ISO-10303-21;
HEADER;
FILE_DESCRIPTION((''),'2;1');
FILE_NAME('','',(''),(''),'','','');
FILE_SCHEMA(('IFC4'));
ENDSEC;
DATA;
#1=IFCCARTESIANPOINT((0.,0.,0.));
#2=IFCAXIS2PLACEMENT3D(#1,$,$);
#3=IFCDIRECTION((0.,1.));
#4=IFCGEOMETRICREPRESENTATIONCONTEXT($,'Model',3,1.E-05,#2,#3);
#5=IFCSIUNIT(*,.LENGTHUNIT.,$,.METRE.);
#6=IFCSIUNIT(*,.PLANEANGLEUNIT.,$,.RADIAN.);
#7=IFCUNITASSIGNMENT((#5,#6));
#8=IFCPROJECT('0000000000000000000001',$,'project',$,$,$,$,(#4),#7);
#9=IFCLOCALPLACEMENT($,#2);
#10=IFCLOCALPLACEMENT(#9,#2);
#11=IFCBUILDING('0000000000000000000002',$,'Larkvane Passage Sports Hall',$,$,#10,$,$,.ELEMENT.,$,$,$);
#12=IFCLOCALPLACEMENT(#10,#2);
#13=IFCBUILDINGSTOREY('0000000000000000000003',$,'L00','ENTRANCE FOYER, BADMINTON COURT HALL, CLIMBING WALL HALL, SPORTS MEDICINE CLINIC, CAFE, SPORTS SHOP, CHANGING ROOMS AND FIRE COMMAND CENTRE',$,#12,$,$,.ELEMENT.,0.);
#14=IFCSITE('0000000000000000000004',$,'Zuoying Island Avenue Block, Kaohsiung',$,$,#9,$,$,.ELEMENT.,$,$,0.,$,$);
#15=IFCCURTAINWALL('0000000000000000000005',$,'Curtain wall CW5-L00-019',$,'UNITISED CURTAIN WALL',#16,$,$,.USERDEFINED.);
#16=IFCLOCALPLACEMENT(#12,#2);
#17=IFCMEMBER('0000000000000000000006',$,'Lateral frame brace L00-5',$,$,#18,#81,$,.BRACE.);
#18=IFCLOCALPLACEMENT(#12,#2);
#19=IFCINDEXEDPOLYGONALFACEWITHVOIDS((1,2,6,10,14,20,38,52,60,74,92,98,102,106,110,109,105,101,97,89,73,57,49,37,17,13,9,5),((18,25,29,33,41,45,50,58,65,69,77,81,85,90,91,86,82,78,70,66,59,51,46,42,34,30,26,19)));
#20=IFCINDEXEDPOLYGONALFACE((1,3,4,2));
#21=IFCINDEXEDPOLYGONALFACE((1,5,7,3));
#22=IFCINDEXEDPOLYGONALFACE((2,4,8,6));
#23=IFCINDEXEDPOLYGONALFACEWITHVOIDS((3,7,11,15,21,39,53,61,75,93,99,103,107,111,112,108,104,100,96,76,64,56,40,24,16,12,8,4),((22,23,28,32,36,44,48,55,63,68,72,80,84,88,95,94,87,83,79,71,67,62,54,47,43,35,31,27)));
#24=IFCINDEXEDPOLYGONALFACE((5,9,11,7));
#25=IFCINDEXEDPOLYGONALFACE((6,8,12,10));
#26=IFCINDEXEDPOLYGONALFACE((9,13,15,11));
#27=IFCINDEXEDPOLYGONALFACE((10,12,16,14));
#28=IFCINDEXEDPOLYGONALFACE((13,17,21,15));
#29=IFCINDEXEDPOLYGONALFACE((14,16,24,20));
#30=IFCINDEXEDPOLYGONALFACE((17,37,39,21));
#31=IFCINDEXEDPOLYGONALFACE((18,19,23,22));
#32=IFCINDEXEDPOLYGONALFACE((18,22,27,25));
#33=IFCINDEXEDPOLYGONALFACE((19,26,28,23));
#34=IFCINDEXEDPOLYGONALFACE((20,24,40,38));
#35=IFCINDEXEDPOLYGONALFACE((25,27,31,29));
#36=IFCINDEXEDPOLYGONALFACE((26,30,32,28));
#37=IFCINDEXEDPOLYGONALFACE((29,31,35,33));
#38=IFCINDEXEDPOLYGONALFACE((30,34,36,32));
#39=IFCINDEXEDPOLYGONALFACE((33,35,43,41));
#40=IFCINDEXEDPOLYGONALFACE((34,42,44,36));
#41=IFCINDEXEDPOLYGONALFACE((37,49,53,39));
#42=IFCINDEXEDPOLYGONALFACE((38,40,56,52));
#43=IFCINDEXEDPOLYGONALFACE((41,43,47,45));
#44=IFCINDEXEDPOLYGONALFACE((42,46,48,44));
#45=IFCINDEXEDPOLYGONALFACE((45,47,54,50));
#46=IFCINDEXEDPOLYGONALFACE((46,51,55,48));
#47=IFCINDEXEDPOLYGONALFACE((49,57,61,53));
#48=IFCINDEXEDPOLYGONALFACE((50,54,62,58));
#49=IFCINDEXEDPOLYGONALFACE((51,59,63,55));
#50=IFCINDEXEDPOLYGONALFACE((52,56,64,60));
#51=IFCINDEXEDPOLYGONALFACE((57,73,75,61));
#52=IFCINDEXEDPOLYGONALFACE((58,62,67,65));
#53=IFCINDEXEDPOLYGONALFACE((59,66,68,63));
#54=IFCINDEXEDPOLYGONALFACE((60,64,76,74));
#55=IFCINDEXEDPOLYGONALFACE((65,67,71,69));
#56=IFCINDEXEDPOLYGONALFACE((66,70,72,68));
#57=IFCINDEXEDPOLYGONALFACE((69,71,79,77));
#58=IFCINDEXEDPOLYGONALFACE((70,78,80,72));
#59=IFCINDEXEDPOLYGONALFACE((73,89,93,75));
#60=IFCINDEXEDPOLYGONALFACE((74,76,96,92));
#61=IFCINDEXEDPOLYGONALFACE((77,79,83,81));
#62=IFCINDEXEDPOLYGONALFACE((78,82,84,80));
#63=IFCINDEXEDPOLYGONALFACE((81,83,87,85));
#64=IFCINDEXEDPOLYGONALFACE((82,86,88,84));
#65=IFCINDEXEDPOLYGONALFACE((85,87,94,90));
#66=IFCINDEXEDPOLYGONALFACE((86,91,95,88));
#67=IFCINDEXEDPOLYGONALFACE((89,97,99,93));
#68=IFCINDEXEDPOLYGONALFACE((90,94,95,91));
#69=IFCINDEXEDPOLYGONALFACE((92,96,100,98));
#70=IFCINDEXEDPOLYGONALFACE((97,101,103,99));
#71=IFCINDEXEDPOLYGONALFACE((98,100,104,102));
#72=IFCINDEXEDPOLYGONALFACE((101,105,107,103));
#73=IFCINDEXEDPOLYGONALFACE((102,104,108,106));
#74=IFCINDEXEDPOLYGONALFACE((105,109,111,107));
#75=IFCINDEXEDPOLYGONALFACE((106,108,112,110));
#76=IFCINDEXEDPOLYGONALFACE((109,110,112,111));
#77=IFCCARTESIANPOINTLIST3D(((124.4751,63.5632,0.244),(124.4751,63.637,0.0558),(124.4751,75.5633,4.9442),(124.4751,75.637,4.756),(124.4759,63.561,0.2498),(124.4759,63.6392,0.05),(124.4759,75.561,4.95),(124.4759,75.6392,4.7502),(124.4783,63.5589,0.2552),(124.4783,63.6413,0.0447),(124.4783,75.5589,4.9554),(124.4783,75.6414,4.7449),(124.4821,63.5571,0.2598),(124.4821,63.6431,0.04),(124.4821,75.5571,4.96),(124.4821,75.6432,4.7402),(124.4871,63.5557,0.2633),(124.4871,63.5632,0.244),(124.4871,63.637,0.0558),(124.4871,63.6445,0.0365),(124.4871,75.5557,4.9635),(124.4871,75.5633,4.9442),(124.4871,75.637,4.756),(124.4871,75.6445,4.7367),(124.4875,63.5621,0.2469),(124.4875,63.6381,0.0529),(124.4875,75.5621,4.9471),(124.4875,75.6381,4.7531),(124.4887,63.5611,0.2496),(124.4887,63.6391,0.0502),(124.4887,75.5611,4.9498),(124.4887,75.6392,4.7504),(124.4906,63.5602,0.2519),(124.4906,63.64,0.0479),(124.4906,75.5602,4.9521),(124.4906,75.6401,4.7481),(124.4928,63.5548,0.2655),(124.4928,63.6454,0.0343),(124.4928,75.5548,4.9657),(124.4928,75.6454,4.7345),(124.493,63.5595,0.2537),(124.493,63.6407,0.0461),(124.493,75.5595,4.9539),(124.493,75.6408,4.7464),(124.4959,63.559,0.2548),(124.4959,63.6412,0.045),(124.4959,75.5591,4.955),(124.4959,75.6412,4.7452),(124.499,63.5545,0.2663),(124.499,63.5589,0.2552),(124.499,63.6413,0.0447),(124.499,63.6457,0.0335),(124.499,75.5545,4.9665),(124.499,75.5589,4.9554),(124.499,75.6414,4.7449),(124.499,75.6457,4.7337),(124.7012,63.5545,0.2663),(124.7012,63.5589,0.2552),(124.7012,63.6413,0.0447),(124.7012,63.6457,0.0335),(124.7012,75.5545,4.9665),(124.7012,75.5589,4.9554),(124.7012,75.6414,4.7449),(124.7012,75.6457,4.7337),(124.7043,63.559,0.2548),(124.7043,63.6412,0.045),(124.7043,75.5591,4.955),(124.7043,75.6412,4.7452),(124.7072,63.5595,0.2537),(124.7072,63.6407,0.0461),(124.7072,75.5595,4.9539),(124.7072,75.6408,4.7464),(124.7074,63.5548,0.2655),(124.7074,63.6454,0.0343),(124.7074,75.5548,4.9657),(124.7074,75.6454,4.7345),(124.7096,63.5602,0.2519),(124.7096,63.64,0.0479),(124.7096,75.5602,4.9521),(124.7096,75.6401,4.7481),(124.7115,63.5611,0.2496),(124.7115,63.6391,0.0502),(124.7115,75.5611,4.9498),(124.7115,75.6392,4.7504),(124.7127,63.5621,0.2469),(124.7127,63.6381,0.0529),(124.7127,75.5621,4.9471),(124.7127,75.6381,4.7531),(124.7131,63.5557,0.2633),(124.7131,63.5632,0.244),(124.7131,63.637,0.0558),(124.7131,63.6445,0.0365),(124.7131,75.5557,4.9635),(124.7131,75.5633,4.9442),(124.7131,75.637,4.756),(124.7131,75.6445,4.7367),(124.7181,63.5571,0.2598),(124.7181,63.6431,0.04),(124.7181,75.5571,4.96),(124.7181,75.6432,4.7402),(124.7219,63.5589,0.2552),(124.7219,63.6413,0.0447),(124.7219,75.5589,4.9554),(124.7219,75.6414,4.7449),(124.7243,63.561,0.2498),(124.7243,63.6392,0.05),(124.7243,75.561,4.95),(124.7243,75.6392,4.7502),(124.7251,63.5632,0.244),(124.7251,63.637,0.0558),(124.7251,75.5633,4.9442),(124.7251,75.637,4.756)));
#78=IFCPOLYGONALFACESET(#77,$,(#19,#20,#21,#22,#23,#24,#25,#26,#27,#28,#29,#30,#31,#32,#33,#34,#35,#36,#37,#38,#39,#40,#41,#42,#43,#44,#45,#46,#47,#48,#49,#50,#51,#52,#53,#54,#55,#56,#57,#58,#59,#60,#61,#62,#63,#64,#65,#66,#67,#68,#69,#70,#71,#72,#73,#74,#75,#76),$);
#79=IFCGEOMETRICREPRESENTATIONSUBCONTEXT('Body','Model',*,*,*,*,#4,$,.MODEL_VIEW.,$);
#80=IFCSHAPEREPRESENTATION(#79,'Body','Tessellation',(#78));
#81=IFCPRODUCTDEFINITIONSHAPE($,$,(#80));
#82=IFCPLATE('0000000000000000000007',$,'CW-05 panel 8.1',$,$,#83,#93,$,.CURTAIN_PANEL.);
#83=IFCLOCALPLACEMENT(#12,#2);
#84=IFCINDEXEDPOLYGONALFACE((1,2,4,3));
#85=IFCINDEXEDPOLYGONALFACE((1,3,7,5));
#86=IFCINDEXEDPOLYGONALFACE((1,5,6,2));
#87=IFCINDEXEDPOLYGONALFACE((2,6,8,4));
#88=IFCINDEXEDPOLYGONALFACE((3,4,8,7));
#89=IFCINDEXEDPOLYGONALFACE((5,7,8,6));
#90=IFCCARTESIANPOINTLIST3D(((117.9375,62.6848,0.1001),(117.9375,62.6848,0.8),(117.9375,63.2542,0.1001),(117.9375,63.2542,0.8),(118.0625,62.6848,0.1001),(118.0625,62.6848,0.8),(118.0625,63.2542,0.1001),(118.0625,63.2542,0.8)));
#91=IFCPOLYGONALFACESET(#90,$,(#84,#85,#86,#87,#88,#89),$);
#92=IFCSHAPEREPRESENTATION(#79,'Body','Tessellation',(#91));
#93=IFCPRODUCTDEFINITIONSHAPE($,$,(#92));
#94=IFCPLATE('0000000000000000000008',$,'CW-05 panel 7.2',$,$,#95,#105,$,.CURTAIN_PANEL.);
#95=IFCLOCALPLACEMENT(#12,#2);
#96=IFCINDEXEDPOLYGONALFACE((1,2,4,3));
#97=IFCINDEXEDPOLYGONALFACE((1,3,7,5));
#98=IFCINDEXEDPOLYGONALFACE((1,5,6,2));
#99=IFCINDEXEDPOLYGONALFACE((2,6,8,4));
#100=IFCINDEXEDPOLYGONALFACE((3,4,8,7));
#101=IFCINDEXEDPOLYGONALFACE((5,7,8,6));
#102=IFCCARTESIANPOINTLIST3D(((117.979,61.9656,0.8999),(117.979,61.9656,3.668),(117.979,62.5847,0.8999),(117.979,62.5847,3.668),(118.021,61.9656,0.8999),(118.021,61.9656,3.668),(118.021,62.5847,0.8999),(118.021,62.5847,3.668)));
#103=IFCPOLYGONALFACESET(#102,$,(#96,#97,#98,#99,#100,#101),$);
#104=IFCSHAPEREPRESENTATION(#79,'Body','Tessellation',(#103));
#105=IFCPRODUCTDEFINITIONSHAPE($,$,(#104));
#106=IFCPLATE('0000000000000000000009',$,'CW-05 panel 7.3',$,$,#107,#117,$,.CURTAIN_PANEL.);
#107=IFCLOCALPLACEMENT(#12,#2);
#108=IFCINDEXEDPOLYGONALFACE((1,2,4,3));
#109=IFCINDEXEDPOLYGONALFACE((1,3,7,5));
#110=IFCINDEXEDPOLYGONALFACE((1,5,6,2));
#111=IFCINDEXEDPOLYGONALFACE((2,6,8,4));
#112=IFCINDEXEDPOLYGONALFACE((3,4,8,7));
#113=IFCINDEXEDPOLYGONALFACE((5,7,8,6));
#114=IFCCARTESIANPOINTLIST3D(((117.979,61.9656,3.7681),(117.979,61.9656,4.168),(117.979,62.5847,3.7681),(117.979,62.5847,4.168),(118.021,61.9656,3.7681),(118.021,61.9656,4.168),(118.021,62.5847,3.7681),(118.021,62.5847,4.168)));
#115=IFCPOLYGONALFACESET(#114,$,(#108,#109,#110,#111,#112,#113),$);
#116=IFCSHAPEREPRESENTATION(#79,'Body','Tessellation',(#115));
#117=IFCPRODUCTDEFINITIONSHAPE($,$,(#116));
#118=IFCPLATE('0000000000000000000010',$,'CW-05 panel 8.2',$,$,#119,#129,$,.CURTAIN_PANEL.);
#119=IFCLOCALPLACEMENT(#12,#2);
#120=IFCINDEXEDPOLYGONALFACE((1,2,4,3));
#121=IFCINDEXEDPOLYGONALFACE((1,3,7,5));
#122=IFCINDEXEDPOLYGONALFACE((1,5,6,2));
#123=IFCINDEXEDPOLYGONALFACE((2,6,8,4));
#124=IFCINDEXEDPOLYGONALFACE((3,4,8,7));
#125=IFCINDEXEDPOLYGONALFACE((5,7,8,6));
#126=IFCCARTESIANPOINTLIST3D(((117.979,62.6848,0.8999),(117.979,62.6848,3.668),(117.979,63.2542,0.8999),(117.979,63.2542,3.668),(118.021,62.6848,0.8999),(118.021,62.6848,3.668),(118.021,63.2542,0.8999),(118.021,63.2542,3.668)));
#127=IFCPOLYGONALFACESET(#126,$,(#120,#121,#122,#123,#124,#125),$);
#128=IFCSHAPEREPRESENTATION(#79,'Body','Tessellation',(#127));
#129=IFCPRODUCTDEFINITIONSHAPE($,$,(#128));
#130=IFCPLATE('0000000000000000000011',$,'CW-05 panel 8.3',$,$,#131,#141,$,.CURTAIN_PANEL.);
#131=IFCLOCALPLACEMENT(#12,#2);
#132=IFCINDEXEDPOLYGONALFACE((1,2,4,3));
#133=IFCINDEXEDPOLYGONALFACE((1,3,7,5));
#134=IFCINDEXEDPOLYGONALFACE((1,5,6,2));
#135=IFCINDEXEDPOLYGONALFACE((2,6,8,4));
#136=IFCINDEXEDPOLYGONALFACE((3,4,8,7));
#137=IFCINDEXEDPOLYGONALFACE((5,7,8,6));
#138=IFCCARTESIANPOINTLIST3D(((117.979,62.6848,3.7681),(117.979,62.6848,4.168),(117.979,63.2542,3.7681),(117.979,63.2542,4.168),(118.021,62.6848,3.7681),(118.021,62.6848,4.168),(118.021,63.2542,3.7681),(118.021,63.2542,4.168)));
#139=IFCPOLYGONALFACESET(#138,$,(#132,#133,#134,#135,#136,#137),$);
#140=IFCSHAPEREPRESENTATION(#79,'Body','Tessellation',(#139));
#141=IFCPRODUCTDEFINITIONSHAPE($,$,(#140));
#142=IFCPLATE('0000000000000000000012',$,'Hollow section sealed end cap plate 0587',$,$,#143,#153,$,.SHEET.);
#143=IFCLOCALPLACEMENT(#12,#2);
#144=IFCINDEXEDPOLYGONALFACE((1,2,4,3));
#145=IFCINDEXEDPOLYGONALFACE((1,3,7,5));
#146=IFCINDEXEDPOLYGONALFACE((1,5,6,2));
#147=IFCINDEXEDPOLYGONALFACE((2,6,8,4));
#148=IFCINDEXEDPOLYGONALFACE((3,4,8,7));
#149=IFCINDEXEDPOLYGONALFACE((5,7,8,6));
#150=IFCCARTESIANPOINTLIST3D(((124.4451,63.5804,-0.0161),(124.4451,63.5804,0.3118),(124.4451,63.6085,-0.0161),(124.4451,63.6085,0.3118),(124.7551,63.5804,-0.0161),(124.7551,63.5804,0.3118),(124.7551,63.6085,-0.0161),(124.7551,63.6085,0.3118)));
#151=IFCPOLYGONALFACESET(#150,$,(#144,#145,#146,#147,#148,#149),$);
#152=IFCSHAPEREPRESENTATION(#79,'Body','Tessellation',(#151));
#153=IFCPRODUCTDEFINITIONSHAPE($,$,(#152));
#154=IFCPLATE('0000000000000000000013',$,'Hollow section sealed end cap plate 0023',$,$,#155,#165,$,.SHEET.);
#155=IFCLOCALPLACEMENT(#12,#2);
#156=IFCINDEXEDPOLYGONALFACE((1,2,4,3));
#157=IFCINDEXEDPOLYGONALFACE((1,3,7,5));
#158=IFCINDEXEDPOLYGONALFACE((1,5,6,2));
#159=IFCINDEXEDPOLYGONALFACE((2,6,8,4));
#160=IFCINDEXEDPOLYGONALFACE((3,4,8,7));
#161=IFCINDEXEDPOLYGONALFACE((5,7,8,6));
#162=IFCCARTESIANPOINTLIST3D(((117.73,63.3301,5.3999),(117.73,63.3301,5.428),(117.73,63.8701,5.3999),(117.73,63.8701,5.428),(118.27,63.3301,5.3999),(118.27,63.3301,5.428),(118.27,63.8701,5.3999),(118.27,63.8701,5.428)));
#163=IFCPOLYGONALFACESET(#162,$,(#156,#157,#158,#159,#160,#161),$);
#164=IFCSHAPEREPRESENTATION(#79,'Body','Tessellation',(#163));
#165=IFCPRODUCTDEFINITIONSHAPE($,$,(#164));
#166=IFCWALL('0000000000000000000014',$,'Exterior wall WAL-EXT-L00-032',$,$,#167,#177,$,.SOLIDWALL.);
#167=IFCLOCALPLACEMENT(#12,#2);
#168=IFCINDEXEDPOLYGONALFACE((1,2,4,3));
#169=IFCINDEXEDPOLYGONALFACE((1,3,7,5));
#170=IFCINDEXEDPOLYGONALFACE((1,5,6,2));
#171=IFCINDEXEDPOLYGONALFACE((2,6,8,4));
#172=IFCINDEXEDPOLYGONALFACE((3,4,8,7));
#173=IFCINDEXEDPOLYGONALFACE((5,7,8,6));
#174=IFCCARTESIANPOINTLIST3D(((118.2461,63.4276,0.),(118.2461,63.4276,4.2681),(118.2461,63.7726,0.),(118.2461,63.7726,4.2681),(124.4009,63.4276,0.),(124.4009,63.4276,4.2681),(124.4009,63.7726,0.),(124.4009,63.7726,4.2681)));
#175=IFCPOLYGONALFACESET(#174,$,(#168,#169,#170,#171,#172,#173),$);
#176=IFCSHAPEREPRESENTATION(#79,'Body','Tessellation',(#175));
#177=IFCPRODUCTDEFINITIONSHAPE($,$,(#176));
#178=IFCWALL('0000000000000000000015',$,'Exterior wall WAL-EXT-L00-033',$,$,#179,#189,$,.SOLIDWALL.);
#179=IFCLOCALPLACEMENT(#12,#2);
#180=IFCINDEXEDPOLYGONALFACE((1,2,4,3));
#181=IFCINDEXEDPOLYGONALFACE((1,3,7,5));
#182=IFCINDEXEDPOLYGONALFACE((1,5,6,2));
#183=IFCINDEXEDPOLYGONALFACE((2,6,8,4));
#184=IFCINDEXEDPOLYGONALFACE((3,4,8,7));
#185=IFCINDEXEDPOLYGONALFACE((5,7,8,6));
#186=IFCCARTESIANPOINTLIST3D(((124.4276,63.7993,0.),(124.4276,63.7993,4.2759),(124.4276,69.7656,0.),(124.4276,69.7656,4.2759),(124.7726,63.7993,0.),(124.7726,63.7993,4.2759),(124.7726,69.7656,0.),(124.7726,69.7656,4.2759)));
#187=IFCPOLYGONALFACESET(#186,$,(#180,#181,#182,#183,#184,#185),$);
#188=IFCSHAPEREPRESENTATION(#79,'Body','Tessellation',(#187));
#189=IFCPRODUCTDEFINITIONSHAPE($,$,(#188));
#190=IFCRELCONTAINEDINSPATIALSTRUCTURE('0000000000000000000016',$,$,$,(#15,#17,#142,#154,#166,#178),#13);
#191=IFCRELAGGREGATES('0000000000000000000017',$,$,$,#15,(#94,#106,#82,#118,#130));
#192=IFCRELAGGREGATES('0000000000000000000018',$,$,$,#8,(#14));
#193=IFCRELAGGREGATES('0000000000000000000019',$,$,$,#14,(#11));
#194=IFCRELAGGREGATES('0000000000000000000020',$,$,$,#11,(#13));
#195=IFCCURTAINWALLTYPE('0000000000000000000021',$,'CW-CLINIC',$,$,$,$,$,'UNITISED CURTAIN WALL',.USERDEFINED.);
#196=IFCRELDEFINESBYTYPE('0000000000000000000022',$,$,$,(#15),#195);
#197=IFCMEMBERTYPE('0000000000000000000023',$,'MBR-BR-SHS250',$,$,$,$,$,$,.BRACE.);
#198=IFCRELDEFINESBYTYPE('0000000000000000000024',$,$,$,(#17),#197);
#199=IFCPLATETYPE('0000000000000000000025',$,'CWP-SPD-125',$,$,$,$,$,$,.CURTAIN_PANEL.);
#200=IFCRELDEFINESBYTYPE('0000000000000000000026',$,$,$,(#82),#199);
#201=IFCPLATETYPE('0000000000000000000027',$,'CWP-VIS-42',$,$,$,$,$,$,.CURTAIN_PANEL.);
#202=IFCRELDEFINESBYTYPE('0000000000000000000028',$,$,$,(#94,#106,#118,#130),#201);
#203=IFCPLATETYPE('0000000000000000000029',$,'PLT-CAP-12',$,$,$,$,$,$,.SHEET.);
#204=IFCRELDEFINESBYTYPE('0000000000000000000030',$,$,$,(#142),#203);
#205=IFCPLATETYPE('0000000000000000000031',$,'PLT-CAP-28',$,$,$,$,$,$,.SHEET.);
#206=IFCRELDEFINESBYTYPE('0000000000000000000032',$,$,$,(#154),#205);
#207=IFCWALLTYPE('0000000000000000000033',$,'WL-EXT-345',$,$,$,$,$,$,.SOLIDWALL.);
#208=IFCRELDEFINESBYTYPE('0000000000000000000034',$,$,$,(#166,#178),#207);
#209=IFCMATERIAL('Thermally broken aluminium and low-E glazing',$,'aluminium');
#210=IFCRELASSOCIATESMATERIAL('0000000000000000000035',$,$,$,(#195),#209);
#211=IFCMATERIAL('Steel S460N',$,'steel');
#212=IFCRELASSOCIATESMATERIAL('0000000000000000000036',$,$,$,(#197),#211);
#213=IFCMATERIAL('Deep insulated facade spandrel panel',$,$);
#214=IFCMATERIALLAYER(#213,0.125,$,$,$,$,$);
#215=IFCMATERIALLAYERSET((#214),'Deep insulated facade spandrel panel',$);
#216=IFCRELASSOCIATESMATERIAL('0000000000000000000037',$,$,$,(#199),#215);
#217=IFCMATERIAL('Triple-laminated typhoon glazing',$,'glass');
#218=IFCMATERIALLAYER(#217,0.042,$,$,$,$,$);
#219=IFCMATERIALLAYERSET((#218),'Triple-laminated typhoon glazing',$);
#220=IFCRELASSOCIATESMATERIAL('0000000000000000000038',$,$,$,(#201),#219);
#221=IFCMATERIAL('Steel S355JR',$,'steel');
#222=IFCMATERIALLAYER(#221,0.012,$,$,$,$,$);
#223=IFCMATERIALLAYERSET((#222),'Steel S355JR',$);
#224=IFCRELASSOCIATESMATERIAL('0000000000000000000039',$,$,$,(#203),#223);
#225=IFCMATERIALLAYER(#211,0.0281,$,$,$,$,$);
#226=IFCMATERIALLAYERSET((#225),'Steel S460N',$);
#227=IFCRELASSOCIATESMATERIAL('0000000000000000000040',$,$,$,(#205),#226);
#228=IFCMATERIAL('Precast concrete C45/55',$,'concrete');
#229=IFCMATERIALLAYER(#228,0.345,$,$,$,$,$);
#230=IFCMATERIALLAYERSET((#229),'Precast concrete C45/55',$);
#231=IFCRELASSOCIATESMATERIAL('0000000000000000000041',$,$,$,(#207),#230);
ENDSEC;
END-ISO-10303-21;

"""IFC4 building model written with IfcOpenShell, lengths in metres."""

from ifc_helpers import new_model, si_unit, direction, frame, frame_2d, origin, origin_2d, place, context, subcontext, project, spatial, rectangle, hollow_rectangle, extrude, material, layer, layer_set, material_profile, profile_set, type_object, element, aggregate, save


model = new_model("IFC4")

# Units and contexts
model_context = context("Model", 3, precision=1e-05, world=origin(), true_north=direction((0.0, 1.0)))
body_context = subcontext(model_context, "Body", "Model", "MODEL_VIEW")
ifc_project = project(units=[si_unit("LENGTHUNIT", "METRE"), si_unit("PLANEANGLEUNIT", "RADIAN")], contexts=[model_context])

# Site, building, storey
site_placement = place(None, origin())
site = spatial("IfcSite", under=ifc_project, at=site_placement, Name="Zuoying Island Avenue Block, Kaohsiung", CompositionType="ELEMENT", RefElevation=0.0)
building_placement = place(site_placement, origin())
building = spatial("IfcBuilding", under=site, at=building_placement, Name="Larkvane Passage Sports Hall", CompositionType="ELEMENT")
storey_placement = place(building_placement, origin())
storey = spatial("IfcBuildingStorey", under=building, at=storey_placement, Name="L00", Description="ENTRANCE FOYER, BADMINTON COURT HALL, CLIMBING WALL HALL, SPORTS MEDICINE CLINIC, CAFE, SPORTS SHOP, CHANGING ROOMS AND FIRE COMMAND CENTRE", CompositionType="ELEMENT", Elevation=0.0)

# Shared definitions
ifc_material_1 = material(Name="Steel S355JR", Category="steel")
ifc_material_2 = material(Name="Steel S460N", Category="steel")

# Curtain wall
ifc_material_3 = material(Name="Thermally broken aluminium and low-E glazing", Category="aluminium")
curtain_wall_type = type_object("IfcCurtainWallType", Name="CW-CLINIC", ElementType="UNITISED CURTAIN WALL", PredefinedType="USERDEFINED", material=ifc_material_3)
curtain_wall_placement = place(storey_placement, origin())
curtain_wall = element("IfcCurtainWall", 1, at=curtain_wall_placement, inside=storey, type_object=curtain_wall_type, Name="Curtain wall CW5-L00-019", ObjectType="UNITISED CURTAIN WALL", PredefinedType="USERDEFINED")

# Member
ifc_material_profile_1 = material_profile(ifc_material_2, hollow_rectangle(XDim=0.25, YDim=0.25, WallThickness=0.012, InnerFilletRadius=0.012, OuterFilletRadius=0.0239, at=origin_2d()), Name="SHS-250x250x12")
ifc_profile_set_1 = profile_set([ifc_material_profile_1], Name="Steel S460N")
member_type_1 = type_object("IfcMemberType", Name="MBR-BR-SHS250", PredefinedType="BRACE", material=ifc_profile_set_1)
member_1_placement = place(storey_placement, frame((124.6001, 63.6001, 0.1499), z_axis=(0.0, 0.931123, 0.364705), x_axis=(-1.0, 0.0, 0.0)))
element("IfcMember", 2, at=member_1_placement, inside=storey, type_object=member_type_1, Name="Lateral frame brace L00-5", PredefinedType="BRACE", context=body_context, shape_type="SweptSolid", body=[
    extrude(hollow_rectangle(XDim=0.25, YDim=0.25, WallThickness=0.012, InnerFilletRadius=0.012, OuterFilletRadius=0.0239, at=origin_2d()), origin(), (0.0, 0.0, 1.0), 12.8877),
])

# Plates
ifc_material_4 = material(Name="Deep insulated facade spandrel panel")
ifc_layer_1 = layer(ifc_material_4, 0.125)
ifc_layer_set_1 = layer_set([ifc_layer_1], Name="Deep insulated facade spandrel panel")
plate_type_1 = type_object("IfcPlateType", Name="CWP-SPD-125", PredefinedType="CURTAIN_PANEL", material=ifc_layer_set_1)
plate_1_placement = place(storey_placement, frame((118.0, 62.9695, 0.1001), z_axis=(0.0, 0.0, 1.0), x_axis=(0.0, 1.0, 0.0)))
plate_1 = element("IfcPlate", 3, at=plate_1_placement, type_object=plate_type_1, Name="CW-05 panel 8.1", PredefinedType="CURTAIN_PANEL", context=body_context, shape_type="SweptSolid", body=[
    extrude(rectangle(XDim=0.5693, YDim=0.125, at=origin_2d()), origin(), (0.0, 0.0, 1.0), 0.7),
])
ifc_material_5 = material(Name="Triple-laminated typhoon glazing", Category="glass")
ifc_layer_2 = layer(ifc_material_5, 0.042)
ifc_layer_set_2 = layer_set([ifc_layer_2], Name="Triple-laminated typhoon glazing")
plate_type_2 = type_object("IfcPlateType", Name="CWP-VIS-42", PredefinedType="CURTAIN_PANEL", material=ifc_layer_set_2)
plate_2_placement = place(storey_placement, frame((118.0, 62.2751, 0.8999), z_axis=(0.0, 0.0, 1.0), x_axis=(0.0, 1.0, 0.0)))
plate_2 = element("IfcPlate", 4, at=plate_2_placement, type_object=plate_type_2, Name="CW-05 panel 7.2", PredefinedType="CURTAIN_PANEL", context=body_context, shape_type="SweptSolid", body=[
    extrude(rectangle(XDim=0.6191, YDim=0.042, at=origin_2d()), origin(), (0.0, 0.0, 1.0), 2.7681),
])
plate_3_placement = place(storey_placement, frame((118.0, 62.2751, 3.7681), z_axis=(0.0, 0.0, 1.0), x_axis=(0.0, 1.0, 0.0)))
plate_3 = element("IfcPlate", 5, at=plate_3_placement, type_object=plate_type_2, Name="CW-05 panel 7.3", PredefinedType="CURTAIN_PANEL", context=body_context, shape_type="SweptSolid", body=[
    extrude(rectangle(XDim=0.6191, YDim=0.042, at=origin_2d()), origin(), (0.0, 0.0, 1.0), 0.3999),
])
plate_4_placement = place(storey_placement, frame((118.0, 62.9695, 0.8999), z_axis=(0.0, 0.0, 1.0), x_axis=(0.0, 1.0, 0.0)))
plate_4 = element("IfcPlate", 6, at=plate_4_placement, type_object=plate_type_2, Name="CW-05 panel 8.2", PredefinedType="CURTAIN_PANEL", context=body_context, shape_type="SweptSolid", body=[
    extrude(rectangle(XDim=0.5693, YDim=0.042, at=origin_2d()), origin(), (0.0, 0.0, 1.0), 2.7681),
])
plate_5_placement = place(storey_placement, frame((118.0, 62.9695, 3.7681), z_axis=(0.0, 0.0, 1.0), x_axis=(0.0, 1.0, 0.0)))
plate_5 = element("IfcPlate", 7, at=plate_5_placement, type_object=plate_type_2, Name="CW-05 panel 8.3", PredefinedType="CURTAIN_PANEL", context=body_context, shape_type="SweptSolid", body=[
    extrude(rectangle(XDim=0.5693, YDim=0.042, at=origin_2d()), origin(), (0.0, 0.0, 1.0), 0.3999),
])
aggregate(curtain_wall, [plate_2, plate_3, plate_1, plate_4, plate_5])

# Plates
ifc_layer_3 = layer(ifc_material_1, 0.012)
ifc_layer_set_3 = layer_set([ifc_layer_3], Name="Steel S355JR")
plate_type_3 = type_object("IfcPlateType", Name="PLT-CAP-12", PredefinedType="SHEET", material=ifc_layer_set_3)
plate_6_placement = place(storey_placement, frame((124.6001, 63.5945, -0.0161), z_axis=(0.0, 0.0, 1.0), x_axis=(-1.0, 0.0, 0.0)))
element("IfcPlate", 8, at=plate_6_placement, inside=storey, type_object=plate_type_3, Name="Hollow section sealed end cap plate 0587", PredefinedType="SHEET", context=body_context, shape_type="SweptSolid", body=[
    extrude(rectangle(XDim=0.3101, YDim=0.0281, at=origin_2d()), origin(), (0.0, 0.0, 1.0), 0.3279),
])
ifc_layer_4 = layer(ifc_material_2, 0.0281)
ifc_layer_set_4 = layer_set([ifc_layer_4], Name="Steel S460N")
plate_type_4 = type_object("IfcPlateType", Name="PLT-CAP-28", PredefinedType="SHEET", material=ifc_layer_set_4)
plate_7_placement = place(storey_placement, frame((118.0, 63.6001, 5.3999), z_axis=(0.0, 0.0, 1.0), x_axis=(1.0, 0.0, 0.0)))
element("IfcPlate", 9, at=plate_7_placement, inside=storey, type_object=plate_type_4, Name="Hollow section sealed end cap plate 0023", PredefinedType="SHEET", context=body_context, shape_type="SweptSolid", body=[
    extrude(rectangle(XDim=0.54, YDim=0.54, at=origin_2d()), origin(), (0.0, 0.0, 1.0), 0.0281),
])

# Walls
ifc_material_6 = material(Name="Precast concrete C45/55", Category="concrete")
ifc_layer_5 = layer(ifc_material_6, 0.345)
ifc_layer_set_5 = layer_set([ifc_layer_5], Name="Precast concrete C45/55")
wall_type_1 = type_object("IfcWallType", Name="WL-EXT-345", PredefinedType="SOLIDWALL", material=ifc_layer_set_5)
wall_1_placement = place(storey_placement, frame((118.2461, 63.6001, 0.0), z_axis=(0.0, 0.0, 1.0), x_axis=(1.0, 0.0, 0.0)))
element("IfcWall", 10, at=wall_1_placement, inside=storey, type_object=wall_type_1, Name="Exterior wall WAL-EXT-L00-032", PredefinedType="SOLIDWALL", context=body_context, shape_type="SweptSolid", body=[
    extrude(rectangle(XDim=6.1548, YDim=0.345, at=frame_2d((3.0774, 0.0))), origin(), (0.0, 0.0, 1.0), 4.2681),
])
wall_2_placement = place(storey_placement, frame((124.6001, 63.7993, 0.0), z_axis=(0.0, 0.0, 1.0), x_axis=(0.0, 1.0, 0.0)))
element("IfcWall", 11, at=wall_2_placement, inside=storey, type_object=wall_type_1, Name="Exterior wall WAL-EXT-L00-033", PredefinedType="SOLIDWALL", context=body_context, shape_type="SweptSolid", body=[
    extrude(rectangle(XDim=5.9663, YDim=0.345, at=frame_2d((2.9832, 0.0))), origin(), (0.0, 0.0, 1.0), 4.2759),
])

save(model, "model.ifc")
